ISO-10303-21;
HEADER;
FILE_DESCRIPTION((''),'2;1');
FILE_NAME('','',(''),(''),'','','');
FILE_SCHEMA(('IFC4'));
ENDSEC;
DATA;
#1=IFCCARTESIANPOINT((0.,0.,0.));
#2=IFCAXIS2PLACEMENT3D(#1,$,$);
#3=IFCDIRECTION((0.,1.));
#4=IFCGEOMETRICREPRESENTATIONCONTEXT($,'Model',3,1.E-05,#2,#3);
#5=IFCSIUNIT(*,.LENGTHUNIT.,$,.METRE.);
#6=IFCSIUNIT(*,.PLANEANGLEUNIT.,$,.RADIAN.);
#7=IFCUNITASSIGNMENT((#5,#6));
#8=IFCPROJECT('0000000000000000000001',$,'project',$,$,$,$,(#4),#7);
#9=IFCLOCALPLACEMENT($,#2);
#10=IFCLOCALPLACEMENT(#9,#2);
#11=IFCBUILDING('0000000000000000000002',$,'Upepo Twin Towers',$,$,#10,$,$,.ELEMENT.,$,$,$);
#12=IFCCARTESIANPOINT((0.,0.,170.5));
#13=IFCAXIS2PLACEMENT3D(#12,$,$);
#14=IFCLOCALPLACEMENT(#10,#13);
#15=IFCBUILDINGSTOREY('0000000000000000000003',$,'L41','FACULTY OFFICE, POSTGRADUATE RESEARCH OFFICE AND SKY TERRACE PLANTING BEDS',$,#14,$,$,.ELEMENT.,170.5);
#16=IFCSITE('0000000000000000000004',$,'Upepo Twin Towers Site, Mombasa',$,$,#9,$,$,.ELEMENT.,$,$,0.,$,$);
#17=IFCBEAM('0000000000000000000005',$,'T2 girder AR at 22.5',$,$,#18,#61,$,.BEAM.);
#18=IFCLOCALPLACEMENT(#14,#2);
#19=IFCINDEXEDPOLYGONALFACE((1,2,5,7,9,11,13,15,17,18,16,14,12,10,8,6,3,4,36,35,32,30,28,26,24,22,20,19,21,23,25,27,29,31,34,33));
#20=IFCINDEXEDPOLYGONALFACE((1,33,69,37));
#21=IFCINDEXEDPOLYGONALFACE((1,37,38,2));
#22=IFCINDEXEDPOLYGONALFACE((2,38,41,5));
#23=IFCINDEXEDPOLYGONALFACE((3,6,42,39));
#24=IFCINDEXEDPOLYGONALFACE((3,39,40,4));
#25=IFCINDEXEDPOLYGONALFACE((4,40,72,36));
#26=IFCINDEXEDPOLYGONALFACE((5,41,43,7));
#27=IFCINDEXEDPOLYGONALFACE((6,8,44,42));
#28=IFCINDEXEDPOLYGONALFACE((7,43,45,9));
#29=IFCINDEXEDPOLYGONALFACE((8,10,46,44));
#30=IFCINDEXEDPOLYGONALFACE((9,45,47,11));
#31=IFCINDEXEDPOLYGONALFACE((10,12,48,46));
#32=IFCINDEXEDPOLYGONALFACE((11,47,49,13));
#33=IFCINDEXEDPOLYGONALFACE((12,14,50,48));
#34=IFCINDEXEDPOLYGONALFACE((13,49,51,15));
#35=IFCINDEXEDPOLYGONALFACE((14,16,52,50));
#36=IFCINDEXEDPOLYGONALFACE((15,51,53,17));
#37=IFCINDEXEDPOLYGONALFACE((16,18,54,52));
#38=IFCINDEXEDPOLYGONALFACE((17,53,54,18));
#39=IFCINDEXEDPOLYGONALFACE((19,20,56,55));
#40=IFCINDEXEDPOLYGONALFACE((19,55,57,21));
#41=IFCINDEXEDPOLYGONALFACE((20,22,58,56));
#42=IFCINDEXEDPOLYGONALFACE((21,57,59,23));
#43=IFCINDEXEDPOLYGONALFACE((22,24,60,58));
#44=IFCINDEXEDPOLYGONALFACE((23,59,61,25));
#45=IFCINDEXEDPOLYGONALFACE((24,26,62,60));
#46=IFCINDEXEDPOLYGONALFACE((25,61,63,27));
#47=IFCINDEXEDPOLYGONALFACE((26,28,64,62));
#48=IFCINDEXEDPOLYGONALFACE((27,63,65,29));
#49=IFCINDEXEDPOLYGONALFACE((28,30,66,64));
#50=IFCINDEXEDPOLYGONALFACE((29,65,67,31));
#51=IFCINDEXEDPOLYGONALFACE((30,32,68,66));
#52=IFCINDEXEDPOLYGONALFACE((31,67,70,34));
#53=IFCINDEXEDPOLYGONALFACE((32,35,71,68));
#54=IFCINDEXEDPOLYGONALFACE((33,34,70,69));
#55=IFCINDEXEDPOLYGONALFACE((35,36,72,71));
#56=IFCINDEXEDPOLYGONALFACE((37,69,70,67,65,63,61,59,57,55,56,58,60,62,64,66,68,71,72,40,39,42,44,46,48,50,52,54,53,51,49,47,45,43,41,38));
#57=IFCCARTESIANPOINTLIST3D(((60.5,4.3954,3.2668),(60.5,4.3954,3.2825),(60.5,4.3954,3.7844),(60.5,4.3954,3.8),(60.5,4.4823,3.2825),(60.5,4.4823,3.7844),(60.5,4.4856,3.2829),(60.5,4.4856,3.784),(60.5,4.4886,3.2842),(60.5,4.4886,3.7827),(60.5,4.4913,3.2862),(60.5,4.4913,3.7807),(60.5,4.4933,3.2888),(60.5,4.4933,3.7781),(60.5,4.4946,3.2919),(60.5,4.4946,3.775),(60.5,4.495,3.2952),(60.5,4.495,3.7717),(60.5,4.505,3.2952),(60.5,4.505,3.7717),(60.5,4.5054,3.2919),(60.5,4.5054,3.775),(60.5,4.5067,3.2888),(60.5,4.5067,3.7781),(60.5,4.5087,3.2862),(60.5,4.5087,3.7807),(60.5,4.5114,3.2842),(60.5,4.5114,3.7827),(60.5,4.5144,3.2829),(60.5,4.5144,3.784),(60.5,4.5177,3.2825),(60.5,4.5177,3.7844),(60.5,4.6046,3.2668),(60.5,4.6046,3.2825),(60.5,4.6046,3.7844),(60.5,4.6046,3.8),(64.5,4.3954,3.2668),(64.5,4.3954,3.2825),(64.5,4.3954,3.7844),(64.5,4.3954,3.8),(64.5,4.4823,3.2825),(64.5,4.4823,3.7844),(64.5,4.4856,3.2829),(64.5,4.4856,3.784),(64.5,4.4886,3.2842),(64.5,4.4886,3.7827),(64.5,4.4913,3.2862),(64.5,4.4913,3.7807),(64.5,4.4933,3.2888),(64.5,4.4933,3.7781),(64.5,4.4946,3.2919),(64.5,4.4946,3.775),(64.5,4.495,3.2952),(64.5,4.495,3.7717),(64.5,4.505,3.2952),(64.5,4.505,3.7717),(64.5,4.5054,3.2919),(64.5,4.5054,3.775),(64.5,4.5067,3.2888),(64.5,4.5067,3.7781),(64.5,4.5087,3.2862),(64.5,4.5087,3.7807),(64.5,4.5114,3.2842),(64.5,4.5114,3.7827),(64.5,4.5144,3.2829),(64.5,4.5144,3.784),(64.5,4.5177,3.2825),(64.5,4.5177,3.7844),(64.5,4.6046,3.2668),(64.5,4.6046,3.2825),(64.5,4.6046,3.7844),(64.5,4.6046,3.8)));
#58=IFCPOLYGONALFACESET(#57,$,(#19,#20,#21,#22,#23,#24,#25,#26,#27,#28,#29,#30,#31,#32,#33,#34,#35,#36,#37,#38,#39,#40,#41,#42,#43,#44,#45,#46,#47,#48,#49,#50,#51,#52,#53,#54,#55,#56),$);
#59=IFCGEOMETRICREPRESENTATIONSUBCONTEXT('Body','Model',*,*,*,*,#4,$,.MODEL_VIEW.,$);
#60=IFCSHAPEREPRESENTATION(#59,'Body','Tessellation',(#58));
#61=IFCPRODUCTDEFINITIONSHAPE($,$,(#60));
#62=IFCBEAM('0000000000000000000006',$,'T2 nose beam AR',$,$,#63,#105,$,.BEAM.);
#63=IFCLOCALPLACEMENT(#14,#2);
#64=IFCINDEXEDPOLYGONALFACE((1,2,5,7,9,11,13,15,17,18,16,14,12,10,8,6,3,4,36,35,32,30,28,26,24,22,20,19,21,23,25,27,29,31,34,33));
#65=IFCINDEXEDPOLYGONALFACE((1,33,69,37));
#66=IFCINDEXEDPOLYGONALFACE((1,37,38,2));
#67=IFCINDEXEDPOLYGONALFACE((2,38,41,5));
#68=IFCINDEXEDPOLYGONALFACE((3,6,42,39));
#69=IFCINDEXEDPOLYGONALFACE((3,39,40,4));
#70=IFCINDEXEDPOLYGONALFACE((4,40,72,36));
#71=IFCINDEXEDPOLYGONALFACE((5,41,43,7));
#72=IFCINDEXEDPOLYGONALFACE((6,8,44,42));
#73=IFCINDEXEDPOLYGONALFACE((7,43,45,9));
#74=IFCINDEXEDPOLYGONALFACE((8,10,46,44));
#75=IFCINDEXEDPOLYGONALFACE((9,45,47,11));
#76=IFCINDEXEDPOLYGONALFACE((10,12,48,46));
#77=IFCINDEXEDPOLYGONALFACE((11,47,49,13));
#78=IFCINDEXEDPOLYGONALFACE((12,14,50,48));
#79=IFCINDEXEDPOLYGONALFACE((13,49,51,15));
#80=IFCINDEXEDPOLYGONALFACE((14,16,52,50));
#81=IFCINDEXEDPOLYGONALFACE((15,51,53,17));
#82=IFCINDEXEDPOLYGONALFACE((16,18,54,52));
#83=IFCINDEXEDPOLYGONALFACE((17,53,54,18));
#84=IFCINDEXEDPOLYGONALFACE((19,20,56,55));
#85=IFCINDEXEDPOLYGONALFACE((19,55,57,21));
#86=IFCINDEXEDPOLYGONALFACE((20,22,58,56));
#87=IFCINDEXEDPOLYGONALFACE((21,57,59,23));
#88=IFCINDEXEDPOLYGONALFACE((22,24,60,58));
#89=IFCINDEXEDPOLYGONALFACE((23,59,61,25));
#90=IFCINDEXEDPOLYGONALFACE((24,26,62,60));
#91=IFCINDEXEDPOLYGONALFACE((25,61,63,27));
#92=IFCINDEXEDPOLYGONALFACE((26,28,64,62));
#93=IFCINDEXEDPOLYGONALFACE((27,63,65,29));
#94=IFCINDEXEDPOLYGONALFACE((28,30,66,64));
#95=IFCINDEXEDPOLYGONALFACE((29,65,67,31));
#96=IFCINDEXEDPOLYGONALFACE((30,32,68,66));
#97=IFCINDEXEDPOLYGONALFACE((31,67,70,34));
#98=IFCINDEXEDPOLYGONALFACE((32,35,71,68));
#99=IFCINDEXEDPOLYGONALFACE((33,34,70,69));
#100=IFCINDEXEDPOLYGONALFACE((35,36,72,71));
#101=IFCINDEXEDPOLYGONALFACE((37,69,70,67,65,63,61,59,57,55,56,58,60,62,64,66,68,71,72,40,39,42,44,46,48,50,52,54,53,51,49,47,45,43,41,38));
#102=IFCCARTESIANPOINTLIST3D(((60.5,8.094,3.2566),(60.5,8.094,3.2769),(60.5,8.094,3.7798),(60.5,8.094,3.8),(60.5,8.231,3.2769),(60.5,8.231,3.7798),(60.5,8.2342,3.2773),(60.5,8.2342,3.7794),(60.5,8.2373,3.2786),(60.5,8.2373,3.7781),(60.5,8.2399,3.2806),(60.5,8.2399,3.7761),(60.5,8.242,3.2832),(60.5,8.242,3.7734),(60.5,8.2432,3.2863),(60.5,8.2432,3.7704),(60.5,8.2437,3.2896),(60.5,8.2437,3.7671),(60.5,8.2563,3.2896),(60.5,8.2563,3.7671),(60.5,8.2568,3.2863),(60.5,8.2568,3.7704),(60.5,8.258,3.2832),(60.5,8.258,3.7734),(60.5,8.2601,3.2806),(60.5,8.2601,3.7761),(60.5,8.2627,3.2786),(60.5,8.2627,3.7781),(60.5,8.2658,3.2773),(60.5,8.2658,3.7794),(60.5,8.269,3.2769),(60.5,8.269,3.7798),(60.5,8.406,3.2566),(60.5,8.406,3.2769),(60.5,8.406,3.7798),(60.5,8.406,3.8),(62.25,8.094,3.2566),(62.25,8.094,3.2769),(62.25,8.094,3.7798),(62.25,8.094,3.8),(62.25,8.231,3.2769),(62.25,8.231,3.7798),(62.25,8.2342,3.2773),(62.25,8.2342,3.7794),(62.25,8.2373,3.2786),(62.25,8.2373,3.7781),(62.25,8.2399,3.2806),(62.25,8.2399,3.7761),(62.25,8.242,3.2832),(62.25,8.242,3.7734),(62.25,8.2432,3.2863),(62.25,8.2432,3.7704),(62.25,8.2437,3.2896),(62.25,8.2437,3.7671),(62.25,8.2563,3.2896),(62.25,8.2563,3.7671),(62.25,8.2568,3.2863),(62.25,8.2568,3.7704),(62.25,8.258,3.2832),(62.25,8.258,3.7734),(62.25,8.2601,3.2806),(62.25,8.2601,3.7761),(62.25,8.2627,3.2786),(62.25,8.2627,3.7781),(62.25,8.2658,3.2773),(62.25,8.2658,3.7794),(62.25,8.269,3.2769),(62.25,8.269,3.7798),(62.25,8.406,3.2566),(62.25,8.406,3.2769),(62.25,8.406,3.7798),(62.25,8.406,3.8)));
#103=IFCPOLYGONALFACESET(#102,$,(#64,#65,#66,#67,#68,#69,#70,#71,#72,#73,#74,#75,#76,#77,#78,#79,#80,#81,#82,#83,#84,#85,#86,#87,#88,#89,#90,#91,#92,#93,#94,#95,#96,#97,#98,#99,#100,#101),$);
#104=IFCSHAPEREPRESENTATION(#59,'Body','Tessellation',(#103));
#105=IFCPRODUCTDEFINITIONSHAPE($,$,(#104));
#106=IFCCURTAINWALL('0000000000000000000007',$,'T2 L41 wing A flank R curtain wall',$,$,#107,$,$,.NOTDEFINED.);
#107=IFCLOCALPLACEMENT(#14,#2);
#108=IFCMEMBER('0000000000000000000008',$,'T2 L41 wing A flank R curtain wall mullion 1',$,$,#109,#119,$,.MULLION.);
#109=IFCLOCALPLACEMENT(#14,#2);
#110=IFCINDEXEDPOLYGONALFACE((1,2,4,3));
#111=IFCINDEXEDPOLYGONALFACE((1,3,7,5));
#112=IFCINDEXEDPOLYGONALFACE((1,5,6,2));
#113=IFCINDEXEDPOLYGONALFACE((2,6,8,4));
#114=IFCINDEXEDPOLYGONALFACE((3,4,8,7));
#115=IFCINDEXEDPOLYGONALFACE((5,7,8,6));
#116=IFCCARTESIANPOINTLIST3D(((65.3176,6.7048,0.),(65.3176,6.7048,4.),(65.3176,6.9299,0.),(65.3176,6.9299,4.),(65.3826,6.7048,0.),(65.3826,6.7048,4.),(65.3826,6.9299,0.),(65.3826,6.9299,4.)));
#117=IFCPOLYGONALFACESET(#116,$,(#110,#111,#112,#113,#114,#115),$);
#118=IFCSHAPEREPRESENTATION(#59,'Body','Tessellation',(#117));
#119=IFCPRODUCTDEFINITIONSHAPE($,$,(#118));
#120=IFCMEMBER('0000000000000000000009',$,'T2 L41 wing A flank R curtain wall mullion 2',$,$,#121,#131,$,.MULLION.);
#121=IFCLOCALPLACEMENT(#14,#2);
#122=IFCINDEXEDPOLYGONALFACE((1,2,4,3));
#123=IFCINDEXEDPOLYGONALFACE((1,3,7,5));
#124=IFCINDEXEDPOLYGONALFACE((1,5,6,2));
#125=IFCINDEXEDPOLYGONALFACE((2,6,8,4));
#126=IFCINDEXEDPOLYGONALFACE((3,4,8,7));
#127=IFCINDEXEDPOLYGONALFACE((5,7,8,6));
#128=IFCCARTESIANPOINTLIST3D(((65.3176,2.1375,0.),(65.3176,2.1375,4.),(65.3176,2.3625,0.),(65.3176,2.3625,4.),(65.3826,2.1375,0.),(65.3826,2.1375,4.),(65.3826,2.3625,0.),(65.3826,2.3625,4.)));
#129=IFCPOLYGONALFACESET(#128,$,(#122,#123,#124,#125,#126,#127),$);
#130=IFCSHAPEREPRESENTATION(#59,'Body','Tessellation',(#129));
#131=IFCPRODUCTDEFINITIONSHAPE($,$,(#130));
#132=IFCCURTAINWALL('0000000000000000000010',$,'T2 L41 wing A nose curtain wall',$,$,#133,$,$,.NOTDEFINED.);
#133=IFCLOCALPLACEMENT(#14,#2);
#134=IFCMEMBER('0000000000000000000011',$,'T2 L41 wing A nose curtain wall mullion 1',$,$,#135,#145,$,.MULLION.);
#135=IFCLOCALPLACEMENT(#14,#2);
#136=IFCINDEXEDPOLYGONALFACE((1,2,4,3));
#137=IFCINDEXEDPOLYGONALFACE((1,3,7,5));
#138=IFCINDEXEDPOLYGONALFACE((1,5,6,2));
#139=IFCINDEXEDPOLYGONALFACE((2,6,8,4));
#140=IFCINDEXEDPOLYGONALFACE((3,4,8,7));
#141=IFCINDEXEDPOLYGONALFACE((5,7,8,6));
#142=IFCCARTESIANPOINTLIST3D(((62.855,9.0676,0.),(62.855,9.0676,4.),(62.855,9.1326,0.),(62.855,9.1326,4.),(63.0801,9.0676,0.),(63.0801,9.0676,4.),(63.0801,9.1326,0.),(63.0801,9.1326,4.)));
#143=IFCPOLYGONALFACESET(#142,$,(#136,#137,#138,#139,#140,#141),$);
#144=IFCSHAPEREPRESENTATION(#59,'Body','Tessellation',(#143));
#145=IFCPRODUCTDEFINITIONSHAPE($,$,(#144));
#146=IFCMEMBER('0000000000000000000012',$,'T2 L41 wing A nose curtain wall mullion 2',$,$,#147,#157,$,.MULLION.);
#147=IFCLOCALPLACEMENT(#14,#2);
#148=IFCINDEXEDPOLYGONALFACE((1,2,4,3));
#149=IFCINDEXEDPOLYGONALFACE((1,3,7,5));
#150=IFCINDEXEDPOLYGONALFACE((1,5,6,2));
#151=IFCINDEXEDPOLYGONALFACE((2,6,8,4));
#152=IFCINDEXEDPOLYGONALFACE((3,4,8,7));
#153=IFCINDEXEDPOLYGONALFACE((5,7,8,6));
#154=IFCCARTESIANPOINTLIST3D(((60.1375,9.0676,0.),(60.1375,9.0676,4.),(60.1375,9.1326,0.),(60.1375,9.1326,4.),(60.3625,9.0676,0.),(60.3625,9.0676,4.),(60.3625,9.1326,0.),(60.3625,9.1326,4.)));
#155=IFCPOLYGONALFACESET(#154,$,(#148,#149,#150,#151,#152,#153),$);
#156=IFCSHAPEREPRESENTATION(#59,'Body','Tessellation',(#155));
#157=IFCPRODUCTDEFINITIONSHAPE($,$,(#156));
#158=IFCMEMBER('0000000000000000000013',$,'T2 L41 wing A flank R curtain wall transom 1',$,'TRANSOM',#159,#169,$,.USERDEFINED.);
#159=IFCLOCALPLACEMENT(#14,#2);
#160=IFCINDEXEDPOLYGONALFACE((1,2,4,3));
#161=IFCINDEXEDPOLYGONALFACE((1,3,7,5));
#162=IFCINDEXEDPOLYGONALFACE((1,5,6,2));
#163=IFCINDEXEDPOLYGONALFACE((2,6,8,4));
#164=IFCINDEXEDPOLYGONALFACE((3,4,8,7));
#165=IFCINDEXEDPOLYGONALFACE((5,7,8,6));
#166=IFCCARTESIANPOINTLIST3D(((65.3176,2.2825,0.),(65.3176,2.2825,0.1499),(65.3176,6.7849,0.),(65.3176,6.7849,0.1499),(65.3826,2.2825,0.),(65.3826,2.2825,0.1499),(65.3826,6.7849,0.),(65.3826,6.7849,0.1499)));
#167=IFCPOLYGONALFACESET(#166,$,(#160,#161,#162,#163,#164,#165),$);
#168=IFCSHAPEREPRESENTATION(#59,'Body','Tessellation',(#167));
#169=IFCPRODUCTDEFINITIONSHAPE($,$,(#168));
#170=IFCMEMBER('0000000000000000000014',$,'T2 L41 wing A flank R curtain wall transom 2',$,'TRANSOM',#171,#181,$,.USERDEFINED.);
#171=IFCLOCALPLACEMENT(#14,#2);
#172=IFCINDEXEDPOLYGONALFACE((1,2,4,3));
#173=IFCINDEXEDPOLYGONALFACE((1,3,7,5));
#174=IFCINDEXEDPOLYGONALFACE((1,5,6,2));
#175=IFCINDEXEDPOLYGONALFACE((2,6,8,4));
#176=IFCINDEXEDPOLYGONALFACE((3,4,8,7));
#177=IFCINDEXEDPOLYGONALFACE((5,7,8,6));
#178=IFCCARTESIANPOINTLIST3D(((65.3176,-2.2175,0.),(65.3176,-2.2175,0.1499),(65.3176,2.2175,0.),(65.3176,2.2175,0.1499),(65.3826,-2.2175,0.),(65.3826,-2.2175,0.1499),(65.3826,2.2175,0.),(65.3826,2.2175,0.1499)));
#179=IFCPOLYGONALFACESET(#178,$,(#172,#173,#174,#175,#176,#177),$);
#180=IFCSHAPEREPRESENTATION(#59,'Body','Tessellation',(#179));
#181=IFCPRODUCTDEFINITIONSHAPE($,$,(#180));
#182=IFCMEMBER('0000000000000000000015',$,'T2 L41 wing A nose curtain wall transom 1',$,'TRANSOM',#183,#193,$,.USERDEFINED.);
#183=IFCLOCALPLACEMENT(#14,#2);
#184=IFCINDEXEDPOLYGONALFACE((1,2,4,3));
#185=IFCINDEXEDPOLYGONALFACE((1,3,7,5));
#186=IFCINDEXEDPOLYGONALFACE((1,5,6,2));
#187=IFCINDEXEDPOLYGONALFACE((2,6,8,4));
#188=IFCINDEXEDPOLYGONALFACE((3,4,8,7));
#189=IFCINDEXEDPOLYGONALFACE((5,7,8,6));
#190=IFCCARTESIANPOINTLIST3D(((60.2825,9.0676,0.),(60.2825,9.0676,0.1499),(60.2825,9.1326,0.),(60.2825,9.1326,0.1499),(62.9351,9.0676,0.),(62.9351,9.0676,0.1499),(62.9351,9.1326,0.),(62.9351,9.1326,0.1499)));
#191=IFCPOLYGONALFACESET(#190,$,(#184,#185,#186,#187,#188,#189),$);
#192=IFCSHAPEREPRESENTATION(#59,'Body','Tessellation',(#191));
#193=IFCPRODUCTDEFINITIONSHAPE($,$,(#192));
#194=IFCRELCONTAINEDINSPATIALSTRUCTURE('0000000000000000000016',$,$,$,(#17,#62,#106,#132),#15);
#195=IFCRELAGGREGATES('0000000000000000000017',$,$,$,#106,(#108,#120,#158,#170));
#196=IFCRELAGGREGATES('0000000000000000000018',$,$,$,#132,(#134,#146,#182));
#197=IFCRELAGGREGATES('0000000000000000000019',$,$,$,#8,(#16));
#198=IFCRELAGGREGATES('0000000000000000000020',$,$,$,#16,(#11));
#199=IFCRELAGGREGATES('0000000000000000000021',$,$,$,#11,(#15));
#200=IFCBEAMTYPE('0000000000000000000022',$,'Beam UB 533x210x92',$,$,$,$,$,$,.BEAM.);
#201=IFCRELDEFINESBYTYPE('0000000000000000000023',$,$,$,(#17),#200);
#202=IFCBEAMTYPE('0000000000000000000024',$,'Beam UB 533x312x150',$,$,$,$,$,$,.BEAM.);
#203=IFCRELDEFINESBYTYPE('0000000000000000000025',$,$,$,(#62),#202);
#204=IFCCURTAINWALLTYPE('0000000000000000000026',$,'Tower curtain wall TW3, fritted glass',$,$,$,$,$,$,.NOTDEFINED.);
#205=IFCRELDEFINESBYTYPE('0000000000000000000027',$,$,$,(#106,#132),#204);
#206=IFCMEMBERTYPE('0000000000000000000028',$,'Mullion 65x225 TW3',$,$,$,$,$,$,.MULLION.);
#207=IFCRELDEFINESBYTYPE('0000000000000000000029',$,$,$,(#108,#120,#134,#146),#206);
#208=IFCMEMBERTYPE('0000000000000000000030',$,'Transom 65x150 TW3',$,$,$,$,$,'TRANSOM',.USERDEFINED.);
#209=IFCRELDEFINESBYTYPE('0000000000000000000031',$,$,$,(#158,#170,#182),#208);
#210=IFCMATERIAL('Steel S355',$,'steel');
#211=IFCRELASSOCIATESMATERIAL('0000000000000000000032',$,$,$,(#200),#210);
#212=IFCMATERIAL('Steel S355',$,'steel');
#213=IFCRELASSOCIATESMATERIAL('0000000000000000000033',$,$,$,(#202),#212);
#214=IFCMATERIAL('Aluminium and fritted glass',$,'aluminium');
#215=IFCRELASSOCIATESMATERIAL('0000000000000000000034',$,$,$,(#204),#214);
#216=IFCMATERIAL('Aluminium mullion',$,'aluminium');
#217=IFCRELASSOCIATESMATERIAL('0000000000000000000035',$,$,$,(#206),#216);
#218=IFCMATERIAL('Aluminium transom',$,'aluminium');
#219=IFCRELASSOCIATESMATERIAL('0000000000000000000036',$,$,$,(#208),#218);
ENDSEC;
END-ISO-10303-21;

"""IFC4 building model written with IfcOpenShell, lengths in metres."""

from ifc_helpers import new_model, si_unit, direction, frame, origin, origin_2d, place, context, subcontext, project, spatial, rectangle, i_section, extrude, material, material_profile, profile_set, type_object, element, aggregate, save


model = new_model("IFC4")

# Units and contexts
model_context = context("Model", 3, precision=1e-05, world=origin(), true_north=direction((0.0, 1.0)))
body_context = subcontext(model_context, "Body", "Model", "MODEL_VIEW")
ifc_project = project(units=[si_unit("LENGTHUNIT", "METRE"), si_unit("PLANEANGLEUNIT", "RADIAN")], contexts=[model_context])

# Site, building, storey
site_placement = place(None, origin())
site = spatial("IfcSite", under=ifc_project, at=site_placement, Name="Upepo Twin Towers Site, Mombasa", CompositionType="ELEMENT", RefElevation=0.0)
building_placement = place(site_placement, origin())
building = spatial("IfcBuilding", under=site, at=building_placement, Name="Upepo Twin Towers", CompositionType="ELEMENT")
storey_placement = place(building_placement, frame((0.0, 0.0, 170.5)))
storey = spatial("IfcBuildingStorey", under=building, at=storey_placement, Name="L41", Description="FACULTY OFFICE, POSTGRADUATE RESEARCH OFFICE AND SKY TERRACE PLANTING BEDS", CompositionType="ELEMENT", Elevation=170.5)

# Beams
ifc_material_1 = material(Name="Steel S355", Category="steel")
ifc_material_profile_1 = material_profile(ifc_material_1, i_section(OverallWidth=0.2092, OverallDepth=0.5332, WebThickness=0.01, FlangeThickness=0.0156, FilletRadius=0.0127, at=origin_2d()), Name="UB 533x210x92")
ifc_profile_set_1 = profile_set([ifc_material_profile_1], Name="Steel S355")
beam_type_1 = type_object("IfcBeamType", Name="Beam UB 533x210x92", PredefinedType="BEAM", material=ifc_profile_set_1)
for number, where, z_axis, x_axis, name in (
    (1, (64.5, 4.5, 3.5334), (-1.0, 0.0, 0.0), (0.0, -1.0, 0.0), "T2 girder AR at 22.5"),
):
    element("IfcBeam", number, at=place(storey_placement, frame(where, z_axis=z_axis, x_axis=x_axis)), inside=storey, type_object=beam_type_1, Name=name, PredefinedType="BEAM", context=body_context, shape_type="SweptSolid", body=[
        extrude(i_section(OverallWidth=0.2092, OverallDepth=0.5332, WebThickness=0.01, FlangeThickness=0.0156, FilletRadius=0.0127, at=origin_2d()), origin(), (0.0, 0.0, 1.0), 4.0),
    ])
ifc_material_2 = material(Name="Steel S355", Category="steel")
ifc_material_profile_2 = material_profile(ifc_material_2, i_section(OverallWidth=0.312, OverallDepth=0.5435, WebThickness=0.0127, FlangeThickness=0.0203, FilletRadius=0.0127, at=origin_2d()), Name="UB 533x312x150")
ifc_profile_set_2 = profile_set([ifc_material_profile_2], Name="Steel S355")
beam_type_2 = type_object("IfcBeamType", Name="Beam UB 533x312x150", PredefinedType="BEAM", material=ifc_profile_set_2)
beam_1_placement = place(storey_placement, frame((62.25, 8.25, 3.5283), z_axis=(-1.0, 0.0, 0.0), x_axis=(0.0, -1.0, 0.0)))
element("IfcBeam", 2, at=beam_1_placement, inside=storey, type_object=beam_type_2, Name="T2 nose beam AR", PredefinedType="BEAM", context=body_context, shape_type="SweptSolid", body=[
    extrude(i_section(OverallWidth=0.312, OverallDepth=0.5435, WebThickness=0.0127, FlangeThickness=0.0203, FilletRadius=0.0127, at=origin_2d()), origin(), (0.0, 0.0, 1.0), 1.75),
])

# Curtain walls, members
ifc_material_3 = material(Name="Aluminium and fritted glass", Category="aluminium")
curtain_wall_type = type_object("IfcCurtainWallType", Name="Tower curtain wall TW3, fritted glass", PredefinedType="NOTDEFINED", material=ifc_material_3)
curtain_wall_1_placement = place(storey_placement, origin())
curtain_wall_1 = element("IfcCurtainWall", 3, at=curtain_wall_1_placement, inside=storey, type_object=curtain_wall_type, Name="T2 L41 wing A flank R curtain wall", PredefinedType="NOTDEFINED")
ifc_material_4 = material(Name="Aluminium mullion", Category="aluminium")
ifc_material_profile_3 = material_profile(ifc_material_4, rectangle(XDim=0.0649, YDim=0.2251, at=origin_2d()), Name="MULLION 65x225")
ifc_profile_set_3 = profile_set([ifc_material_profile_3], Name="Aluminium mullion")
member_type_1 = type_object("IfcMemberType", Name="Mullion 65x225 TW3", PredefinedType="MULLION", material=ifc_profile_set_3)
member_1_placement = place(storey_placement, frame((65.3501, 6.8174, 0.0), z_axis=(0.0, 0.0, 1.0), x_axis=(1.0, 0.0, 0.0)))
member_1 = element("IfcMember", 4, at=member_1_placement, type_object=member_type_1, Name="T2 L41 wing A flank R curtain wall mullion 1", PredefinedType="MULLION", context=body_context, shape_type="SweptSolid", body=[
    extrude(rectangle(XDim=0.0649, YDim=0.2251, at=origin_2d()), origin(), (0.0, 0.0, 1.0), 4.0),
])
member_2_placement = place(storey_placement, frame((65.3501, 2.25, 0.0), z_axis=(0.0, 0.0, 1.0), x_axis=(1.0, 0.0, 0.0)))
member_2 = element("IfcMember", 5, at=member_2_placement, type_object=member_type_1, Name="T2 L41 wing A flank R curtain wall mullion 2", PredefinedType="MULLION", context=body_context, shape_type="SweptSolid", body=[
    extrude(rectangle(XDim=0.0649, YDim=0.2251, at=origin_2d()), origin(), (0.0, 0.0, 1.0), 4.0),
])
curtain_wall_2_placement = place(storey_placement, origin())
curtain_wall_2 = element("IfcCurtainWall", 6, at=curtain_wall_2_placement, inside=storey, type_object=curtain_wall_type, Name="T2 L41 wing A nose curtain wall", PredefinedType="NOTDEFINED")
member_3_placement = place(storey_placement, frame((62.9675, 9.1001, 0.0), z_axis=(0.0, 0.0, 1.0), x_axis=(0.0, -1.0, 0.0)))
member_3 = element("IfcMember", 7, at=member_3_placement, type_object=member_type_1, Name="T2 L41 wing A nose curtain wall mullion 1", PredefinedType="MULLION", context=body_context, shape_type="SweptSolid", body=[
    extrude(rectangle(XDim=0.0649, YDim=0.2251, at=origin_2d()), origin(), (0.0, 0.0, 1.0), 4.0),
])
member_4_placement = place(storey_placement, frame((60.25, 9.1001, 0.0), z_axis=(0.0, 0.0, 1.0), x_axis=(0.0, -1.0, 0.0)))
member_4 = element("IfcMember", 8, at=member_4_placement, type_object=member_type_1, Name="T2 L41 wing A nose curtain wall mullion 2", PredefinedType="MULLION", context=body_context, shape_type="SweptSolid", body=[
    extrude(rectangle(XDim=0.0649, YDim=0.2251, at=origin_2d()), origin(), (0.0, 0.0, 1.0), 4.0),
])

# Members
ifc_material_5 = material(Name="Aluminium transom", Category="aluminium")
ifc_material_profile_4 = material_profile(ifc_material_5, rectangle(XDim=0.0649, YDim=0.1499, at=origin_2d()), Name="TRANSOM 65x150")
ifc_profile_set_4 = profile_set([ifc_material_profile_4], Name="Aluminium transom")
member_type_2 = type_object("IfcMemberType", Name="Transom 65x150 TW3", ElementType="TRANSOM", PredefinedType="USERDEFINED", material=ifc_profile_set_4)
member_5_placement = place(storey_placement, frame((65.3501, 6.7849, 0.075), z_axis=(0.0, -1.0, 0.0), x_axis=(1.0, 0.0, 0.0)))
member_5 = element("IfcMember", 9, at=member_5_placement, type_object=member_type_2, Name="T2 L41 wing A flank R curtain wall transom 1", ObjectType="TRANSOM", PredefinedType="USERDEFINED", context=body_context, shape_type="SweptSolid", body=[
    extrude(rectangle(XDim=0.0649, YDim=0.1499, at=origin_2d()), origin(), (0.0, 0.0, 1.0), 4.5024),
])
member_6_placement = place(storey_placement, frame((65.3501, 2.2175, 0.075), z_axis=(0.0, -1.0, 0.0), x_axis=(1.0, 0.0, 0.0)))
member_6 = element("IfcMember", 10, at=member_6_placement, type_object=member_type_2, Name="T2 L41 wing A flank R curtain wall transom 2", ObjectType="TRANSOM", PredefinedType="USERDEFINED", context=body_context, shape_type="SweptSolid", body=[
    extrude(rectangle(XDim=0.0649, YDim=0.1499, at=origin_2d()), origin(), (0.0, 0.0, 1.0), 4.4351),
])
member_7_placement = place(storey_placement, frame((62.9351, 9.1001, 0.075), z_axis=(-1.0, 0.0, 0.0), x_axis=(0.0, -1.0, 0.0)))
member_7 = element("IfcMember", 11, at=member_7_placement, type_object=member_type_2, Name="T2 L41 wing A nose curtain wall transom 1", ObjectType="TRANSOM", PredefinedType="USERDEFINED", context=body_context, shape_type="SweptSolid", body=[
    extrude(rectangle(XDim=0.0649, YDim=0.1499, at=origin_2d()), origin(), (0.0, 0.0, 1.0), 2.6526),
])

aggregate(curtain_wall_1, [member_1, member_2, member_5, member_6])
aggregate(curtain_wall_2, [member_3, member_4, member_7])

save(model, "model.ifc")
